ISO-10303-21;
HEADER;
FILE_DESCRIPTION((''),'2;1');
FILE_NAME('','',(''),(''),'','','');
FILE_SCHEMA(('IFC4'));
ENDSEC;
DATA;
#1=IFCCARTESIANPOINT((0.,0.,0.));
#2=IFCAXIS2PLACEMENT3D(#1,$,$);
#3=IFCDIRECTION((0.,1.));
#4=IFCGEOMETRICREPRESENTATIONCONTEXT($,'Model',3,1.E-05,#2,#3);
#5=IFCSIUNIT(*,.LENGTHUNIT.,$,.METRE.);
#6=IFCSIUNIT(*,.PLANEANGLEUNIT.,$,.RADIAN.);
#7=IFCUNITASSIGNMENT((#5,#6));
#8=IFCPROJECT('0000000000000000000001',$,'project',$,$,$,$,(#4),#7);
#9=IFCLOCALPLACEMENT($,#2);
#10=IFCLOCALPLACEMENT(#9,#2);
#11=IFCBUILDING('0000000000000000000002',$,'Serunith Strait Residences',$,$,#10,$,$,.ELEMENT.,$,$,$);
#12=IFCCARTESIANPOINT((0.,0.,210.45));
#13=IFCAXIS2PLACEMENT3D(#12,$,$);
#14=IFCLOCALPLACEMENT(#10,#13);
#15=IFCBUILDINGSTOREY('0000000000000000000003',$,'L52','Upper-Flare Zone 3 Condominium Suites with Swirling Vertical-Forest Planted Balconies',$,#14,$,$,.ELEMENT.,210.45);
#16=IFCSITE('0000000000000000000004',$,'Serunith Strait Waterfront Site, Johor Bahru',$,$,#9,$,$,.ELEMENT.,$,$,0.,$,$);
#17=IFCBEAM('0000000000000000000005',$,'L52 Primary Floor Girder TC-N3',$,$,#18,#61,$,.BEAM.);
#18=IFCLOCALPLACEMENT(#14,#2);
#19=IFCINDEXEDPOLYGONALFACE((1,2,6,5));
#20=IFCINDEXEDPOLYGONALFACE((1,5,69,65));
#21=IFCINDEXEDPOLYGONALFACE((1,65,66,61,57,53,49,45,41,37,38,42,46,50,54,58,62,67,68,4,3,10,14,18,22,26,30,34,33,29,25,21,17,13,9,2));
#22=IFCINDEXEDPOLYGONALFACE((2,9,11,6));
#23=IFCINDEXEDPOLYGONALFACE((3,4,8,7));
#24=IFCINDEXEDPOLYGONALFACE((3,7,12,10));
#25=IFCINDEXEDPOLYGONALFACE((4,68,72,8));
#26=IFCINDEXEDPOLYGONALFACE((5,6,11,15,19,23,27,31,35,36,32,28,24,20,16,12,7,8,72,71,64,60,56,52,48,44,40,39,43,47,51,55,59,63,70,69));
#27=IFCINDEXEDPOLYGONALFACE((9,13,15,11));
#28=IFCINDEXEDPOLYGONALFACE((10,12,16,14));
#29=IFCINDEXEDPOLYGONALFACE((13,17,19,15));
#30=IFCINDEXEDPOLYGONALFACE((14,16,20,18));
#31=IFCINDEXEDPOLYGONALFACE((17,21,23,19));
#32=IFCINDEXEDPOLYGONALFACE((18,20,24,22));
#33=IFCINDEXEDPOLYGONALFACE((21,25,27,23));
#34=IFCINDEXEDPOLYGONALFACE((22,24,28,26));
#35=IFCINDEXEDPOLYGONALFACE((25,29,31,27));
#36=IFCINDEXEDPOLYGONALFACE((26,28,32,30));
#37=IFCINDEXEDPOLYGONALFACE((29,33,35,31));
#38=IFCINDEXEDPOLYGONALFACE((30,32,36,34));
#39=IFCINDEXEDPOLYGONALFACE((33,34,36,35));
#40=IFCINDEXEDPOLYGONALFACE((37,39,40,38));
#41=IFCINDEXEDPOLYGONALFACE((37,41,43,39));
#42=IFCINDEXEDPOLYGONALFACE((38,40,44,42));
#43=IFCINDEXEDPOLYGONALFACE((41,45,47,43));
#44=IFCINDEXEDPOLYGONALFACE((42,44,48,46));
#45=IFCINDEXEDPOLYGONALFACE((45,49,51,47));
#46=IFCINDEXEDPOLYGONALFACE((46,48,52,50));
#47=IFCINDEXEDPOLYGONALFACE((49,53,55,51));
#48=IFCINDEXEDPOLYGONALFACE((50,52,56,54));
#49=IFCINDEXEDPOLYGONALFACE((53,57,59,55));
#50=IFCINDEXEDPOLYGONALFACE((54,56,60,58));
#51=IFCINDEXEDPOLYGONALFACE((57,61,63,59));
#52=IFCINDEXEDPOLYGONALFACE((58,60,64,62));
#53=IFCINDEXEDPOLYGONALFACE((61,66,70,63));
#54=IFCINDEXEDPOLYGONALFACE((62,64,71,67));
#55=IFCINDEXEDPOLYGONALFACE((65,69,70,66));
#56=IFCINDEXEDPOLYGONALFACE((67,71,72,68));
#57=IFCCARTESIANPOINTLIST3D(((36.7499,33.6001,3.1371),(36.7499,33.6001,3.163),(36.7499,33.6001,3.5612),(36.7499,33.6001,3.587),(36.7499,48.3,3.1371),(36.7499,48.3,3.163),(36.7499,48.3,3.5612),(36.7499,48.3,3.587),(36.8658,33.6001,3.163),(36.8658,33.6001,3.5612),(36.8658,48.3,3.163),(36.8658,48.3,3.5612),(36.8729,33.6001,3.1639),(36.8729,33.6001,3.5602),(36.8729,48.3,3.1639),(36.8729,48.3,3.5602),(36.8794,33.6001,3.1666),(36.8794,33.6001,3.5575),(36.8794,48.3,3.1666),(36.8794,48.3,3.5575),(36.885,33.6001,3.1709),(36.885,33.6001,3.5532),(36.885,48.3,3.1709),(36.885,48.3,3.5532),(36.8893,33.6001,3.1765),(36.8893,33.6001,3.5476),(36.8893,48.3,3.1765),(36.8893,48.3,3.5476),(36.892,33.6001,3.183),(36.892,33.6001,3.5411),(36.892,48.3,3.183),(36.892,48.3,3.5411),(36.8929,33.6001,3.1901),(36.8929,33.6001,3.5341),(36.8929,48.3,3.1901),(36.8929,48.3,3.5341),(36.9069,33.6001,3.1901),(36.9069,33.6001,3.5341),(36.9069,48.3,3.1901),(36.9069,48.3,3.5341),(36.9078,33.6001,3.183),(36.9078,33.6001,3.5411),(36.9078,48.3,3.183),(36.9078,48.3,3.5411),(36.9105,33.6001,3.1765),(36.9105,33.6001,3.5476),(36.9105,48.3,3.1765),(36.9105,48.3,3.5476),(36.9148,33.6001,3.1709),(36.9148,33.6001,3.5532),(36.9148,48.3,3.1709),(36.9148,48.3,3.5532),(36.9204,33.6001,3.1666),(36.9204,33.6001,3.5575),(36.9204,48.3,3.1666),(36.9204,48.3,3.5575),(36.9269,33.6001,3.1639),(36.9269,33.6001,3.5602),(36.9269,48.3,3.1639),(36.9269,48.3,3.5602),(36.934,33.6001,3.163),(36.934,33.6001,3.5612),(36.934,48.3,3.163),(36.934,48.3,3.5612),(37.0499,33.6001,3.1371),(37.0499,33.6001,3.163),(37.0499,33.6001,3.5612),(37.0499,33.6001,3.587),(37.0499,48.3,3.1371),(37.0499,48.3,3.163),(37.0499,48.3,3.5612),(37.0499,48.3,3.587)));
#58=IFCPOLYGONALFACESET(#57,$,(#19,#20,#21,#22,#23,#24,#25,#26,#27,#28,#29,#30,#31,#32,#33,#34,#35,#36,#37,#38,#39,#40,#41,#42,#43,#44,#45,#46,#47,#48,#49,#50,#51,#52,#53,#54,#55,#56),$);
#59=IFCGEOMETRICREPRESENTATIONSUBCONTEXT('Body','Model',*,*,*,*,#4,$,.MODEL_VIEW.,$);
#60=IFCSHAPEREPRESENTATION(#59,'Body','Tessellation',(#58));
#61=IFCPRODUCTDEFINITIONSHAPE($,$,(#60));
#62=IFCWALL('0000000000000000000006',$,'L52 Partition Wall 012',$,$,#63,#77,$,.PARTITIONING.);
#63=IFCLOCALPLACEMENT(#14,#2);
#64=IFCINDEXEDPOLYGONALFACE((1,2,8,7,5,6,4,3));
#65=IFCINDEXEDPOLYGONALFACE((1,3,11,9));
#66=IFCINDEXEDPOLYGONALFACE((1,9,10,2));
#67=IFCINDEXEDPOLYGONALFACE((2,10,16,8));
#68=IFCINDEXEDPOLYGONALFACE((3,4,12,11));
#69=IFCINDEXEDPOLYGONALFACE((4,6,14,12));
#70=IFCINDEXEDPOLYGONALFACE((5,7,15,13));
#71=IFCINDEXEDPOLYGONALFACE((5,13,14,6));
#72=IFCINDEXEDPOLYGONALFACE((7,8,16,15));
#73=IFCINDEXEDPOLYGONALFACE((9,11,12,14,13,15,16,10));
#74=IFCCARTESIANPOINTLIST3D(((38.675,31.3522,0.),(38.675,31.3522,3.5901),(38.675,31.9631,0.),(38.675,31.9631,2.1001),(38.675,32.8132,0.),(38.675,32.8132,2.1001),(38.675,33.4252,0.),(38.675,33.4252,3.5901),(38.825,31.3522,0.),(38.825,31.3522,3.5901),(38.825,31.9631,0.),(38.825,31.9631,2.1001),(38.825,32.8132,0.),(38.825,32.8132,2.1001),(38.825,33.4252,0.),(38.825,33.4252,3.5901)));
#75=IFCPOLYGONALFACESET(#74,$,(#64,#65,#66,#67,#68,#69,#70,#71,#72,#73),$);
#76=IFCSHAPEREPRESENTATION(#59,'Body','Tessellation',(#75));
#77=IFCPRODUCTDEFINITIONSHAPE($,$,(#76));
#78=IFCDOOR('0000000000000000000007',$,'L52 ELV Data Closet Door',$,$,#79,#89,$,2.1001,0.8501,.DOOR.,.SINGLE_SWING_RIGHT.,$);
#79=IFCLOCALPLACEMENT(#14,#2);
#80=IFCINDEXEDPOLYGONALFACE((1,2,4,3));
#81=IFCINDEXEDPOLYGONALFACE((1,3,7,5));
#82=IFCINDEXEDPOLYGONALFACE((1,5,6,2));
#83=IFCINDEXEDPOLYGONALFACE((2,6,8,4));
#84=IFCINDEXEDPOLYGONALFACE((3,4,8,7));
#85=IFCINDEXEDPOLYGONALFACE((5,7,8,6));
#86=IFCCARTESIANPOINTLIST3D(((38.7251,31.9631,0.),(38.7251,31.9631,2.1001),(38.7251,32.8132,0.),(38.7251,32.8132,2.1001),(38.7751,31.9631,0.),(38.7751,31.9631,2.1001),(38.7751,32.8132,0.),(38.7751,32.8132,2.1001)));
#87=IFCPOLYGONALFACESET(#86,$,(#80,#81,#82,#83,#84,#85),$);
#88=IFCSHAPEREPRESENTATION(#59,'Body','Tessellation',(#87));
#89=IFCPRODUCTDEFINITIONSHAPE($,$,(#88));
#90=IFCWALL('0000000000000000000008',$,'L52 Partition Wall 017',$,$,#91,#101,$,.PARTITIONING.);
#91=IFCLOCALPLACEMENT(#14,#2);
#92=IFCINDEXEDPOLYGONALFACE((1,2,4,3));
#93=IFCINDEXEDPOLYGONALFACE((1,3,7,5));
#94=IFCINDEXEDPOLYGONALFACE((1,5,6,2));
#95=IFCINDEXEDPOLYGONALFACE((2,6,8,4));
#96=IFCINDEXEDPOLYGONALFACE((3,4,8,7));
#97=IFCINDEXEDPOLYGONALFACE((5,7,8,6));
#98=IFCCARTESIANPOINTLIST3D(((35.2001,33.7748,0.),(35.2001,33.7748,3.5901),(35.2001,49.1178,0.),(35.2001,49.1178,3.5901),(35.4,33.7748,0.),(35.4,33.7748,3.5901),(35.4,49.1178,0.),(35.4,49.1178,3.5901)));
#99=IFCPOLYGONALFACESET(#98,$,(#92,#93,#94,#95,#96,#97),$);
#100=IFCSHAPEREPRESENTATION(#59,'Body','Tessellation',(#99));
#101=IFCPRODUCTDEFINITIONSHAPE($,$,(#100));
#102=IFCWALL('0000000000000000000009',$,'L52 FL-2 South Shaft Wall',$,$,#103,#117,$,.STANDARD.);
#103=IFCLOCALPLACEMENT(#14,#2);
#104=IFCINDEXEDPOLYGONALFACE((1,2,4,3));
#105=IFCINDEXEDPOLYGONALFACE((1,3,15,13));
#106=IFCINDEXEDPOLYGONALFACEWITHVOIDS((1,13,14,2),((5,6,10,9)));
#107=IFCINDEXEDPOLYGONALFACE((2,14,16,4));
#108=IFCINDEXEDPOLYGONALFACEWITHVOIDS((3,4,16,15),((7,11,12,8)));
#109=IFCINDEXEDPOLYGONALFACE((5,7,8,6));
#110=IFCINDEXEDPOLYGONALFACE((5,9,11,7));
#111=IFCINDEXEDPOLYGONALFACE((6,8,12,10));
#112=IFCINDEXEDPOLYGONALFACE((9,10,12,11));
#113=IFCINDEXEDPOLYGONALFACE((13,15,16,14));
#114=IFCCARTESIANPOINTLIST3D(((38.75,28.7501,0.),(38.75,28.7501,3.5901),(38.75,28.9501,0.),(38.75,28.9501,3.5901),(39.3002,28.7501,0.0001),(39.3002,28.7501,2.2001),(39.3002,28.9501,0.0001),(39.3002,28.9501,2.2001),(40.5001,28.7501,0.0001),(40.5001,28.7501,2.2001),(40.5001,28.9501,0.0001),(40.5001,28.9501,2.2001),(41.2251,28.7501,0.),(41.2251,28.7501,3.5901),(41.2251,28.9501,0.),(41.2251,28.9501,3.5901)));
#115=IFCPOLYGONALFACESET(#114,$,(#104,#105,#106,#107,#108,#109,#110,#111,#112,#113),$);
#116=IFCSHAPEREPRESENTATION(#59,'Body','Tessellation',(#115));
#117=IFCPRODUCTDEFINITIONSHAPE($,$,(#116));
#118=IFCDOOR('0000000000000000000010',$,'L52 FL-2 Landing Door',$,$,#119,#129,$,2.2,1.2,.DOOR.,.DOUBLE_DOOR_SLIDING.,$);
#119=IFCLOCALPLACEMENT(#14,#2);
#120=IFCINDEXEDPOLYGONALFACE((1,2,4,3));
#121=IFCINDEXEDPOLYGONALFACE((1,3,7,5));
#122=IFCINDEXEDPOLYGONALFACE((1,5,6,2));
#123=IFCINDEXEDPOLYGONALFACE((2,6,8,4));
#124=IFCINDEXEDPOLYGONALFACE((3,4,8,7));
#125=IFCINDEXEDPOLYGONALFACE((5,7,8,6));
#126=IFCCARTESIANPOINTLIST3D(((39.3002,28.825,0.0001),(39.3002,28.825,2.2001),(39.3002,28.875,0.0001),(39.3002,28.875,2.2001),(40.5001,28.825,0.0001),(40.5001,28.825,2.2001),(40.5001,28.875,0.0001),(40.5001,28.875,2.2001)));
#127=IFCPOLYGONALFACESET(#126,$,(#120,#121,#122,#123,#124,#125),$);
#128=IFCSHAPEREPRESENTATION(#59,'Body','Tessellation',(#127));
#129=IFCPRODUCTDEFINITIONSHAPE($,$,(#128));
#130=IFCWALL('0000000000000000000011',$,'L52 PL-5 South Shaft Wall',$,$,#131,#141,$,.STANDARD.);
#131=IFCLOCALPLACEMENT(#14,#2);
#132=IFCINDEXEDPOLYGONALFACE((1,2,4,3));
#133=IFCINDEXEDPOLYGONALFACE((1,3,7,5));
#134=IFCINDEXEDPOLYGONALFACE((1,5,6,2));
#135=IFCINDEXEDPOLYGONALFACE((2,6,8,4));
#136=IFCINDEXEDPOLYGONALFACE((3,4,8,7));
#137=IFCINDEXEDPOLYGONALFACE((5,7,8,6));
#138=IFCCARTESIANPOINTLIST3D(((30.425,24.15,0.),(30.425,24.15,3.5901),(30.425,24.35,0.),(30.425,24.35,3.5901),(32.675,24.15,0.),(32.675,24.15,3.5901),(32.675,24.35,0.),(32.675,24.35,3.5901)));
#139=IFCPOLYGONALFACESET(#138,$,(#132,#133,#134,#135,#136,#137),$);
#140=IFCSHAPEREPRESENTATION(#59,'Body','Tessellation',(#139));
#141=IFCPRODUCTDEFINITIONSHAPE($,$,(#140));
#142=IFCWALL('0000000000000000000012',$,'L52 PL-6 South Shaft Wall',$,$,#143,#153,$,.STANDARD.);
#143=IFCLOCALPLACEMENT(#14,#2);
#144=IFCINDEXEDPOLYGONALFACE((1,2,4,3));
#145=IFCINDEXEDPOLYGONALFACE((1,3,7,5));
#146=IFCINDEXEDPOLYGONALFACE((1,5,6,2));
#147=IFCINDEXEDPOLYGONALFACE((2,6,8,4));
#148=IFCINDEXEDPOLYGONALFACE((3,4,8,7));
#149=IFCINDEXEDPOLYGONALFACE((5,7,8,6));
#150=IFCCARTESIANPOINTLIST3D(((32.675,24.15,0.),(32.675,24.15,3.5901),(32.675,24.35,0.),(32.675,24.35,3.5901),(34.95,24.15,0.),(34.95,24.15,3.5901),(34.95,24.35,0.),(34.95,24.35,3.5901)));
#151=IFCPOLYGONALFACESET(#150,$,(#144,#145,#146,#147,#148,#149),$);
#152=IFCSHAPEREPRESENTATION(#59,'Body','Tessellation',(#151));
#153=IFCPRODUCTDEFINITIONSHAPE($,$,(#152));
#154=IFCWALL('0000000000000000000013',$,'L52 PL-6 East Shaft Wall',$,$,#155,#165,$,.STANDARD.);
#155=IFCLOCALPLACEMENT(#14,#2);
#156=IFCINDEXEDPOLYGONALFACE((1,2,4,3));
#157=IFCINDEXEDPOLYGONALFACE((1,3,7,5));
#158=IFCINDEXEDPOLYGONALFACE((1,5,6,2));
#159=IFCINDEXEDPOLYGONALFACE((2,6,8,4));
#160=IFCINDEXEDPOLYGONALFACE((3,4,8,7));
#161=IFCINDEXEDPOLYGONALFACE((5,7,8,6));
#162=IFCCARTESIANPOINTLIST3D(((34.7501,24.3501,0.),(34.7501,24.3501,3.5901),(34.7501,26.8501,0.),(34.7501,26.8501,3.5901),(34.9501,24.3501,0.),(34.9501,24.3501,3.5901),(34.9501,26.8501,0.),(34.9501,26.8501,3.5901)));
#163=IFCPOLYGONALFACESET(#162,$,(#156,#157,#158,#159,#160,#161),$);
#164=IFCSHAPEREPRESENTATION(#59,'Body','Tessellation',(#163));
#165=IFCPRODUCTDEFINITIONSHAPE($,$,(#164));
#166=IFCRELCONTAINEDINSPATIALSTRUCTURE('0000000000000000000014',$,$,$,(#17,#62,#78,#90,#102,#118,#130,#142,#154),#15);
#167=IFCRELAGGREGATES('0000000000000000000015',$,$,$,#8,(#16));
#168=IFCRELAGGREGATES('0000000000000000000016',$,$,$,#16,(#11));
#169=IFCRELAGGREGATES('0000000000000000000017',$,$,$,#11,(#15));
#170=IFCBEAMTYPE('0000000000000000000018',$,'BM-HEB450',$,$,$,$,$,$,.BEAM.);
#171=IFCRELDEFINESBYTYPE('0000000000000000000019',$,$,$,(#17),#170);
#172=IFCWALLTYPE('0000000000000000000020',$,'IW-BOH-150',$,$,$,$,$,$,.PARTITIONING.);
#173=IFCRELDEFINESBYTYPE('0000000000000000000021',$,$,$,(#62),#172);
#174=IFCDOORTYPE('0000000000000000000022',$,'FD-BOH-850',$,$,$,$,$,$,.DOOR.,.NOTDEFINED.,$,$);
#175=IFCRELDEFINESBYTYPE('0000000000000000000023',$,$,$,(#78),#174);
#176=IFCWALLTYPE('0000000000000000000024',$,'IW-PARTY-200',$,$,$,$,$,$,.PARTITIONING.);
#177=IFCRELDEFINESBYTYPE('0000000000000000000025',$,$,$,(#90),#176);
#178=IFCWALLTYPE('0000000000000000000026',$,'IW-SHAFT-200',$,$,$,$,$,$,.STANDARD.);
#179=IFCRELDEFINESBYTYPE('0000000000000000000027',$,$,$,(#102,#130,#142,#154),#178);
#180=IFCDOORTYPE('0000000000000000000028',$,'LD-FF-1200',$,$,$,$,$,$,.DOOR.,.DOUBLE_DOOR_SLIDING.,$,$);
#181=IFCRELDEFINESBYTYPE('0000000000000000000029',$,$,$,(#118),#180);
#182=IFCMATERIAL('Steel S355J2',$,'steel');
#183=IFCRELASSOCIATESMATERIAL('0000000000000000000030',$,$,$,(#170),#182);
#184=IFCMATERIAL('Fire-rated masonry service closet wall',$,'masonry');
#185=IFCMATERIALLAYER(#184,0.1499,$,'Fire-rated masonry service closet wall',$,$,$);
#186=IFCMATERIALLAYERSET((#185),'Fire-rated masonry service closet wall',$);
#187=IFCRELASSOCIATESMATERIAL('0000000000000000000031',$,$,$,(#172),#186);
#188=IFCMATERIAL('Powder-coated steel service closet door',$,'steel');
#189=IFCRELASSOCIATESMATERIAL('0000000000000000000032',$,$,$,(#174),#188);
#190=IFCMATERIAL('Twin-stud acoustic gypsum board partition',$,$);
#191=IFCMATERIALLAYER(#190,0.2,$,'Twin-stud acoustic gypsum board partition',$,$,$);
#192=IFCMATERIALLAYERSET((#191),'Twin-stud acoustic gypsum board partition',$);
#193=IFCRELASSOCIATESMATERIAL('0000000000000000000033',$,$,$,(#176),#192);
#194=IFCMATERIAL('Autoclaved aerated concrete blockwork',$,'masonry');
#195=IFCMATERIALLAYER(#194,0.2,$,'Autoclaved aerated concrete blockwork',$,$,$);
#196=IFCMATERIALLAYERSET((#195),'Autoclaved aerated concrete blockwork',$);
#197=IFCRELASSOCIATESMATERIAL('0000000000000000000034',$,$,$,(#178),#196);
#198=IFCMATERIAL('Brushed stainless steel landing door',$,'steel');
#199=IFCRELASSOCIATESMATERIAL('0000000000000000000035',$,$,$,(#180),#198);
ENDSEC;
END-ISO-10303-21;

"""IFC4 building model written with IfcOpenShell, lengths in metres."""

from ifc_helpers import new_model, si_unit, direction, frame, frame_2d, origin, origin_2d, place, context, subcontext, project, spatial, rectangle, i_section, extrude, source, transform, mapped, material, layer, layer_set, material_profile, profile_set, type_object, element, fill, save


model = new_model("IFC4")

# Units and contexts
model_context = context("Model", 3, precision=1e-05, world=origin(), true_north=direction((0.0, 1.0)))
body_context = subcontext(model_context, "Body", "Model", "MODEL_VIEW")
ifc_project = project(units=[si_unit("LENGTHUNIT", "METRE"), si_unit("PLANEANGLEUNIT", "RADIAN")], contexts=[model_context])

# Site, building, storey
site_placement = place(None, origin())
site = spatial("IfcSite", under=ifc_project, at=site_placement, Name="Serunith Strait Waterfront Site, Johor Bahru", CompositionType="ELEMENT", RefElevation=0.0)
building_placement = place(site_placement, origin())
building = spatial("IfcBuilding", under=site, at=building_placement, Name="Serunith Strait Residences", CompositionType="ELEMENT")
storey_placement = place(building_placement, frame((0.0, 0.0, 210.45)))
storey = spatial("IfcBuildingStorey", under=building, at=storey_placement, Name="L52", Description="Upper-Flare Zone 3 Condominium Suites with Swirling Vertical-Forest Planted Balconies", CompositionType="ELEMENT", Elevation=210.45)

# Beam
ifc_material_1 = material(Name="Steel S355J2", Category="steel")
ifc_material_profile = material_profile(ifc_material_1, i_section(OverallWidth=0.3, OverallDepth=0.45, WebThickness=0.0139, FlangeThickness=0.0259, FilletRadius=0.0271, at=origin_2d()), Name="HEB 450")
ifc_profile_set = profile_set([ifc_material_profile], Name="Steel S355J2")
beam_type = type_object("IfcBeamType", Name="BM-HEB450", PredefinedType="BEAM", material=ifc_profile_set)
shared_shape_1 = source(origin(), body_context, "Body", "SweptSolid", [
    extrude(i_section(OverallWidth=0.3, OverallDepth=0.45, WebThickness=0.0139, FlangeThickness=0.0259, FilletRadius=0.0271, at=origin_2d()), origin(), (0.0, 0.0, 1.0), 14.7),
])
beam_placement = place(storey_placement, frame((36.8999, 33.6001, 3.3621), z_axis=(0.0, 1.0, 0.0), x_axis=(-1.0, 0.0, 0.0)))
element("IfcBeam", 1, at=beam_placement, inside=storey, type_object=beam_type, Name="L52 Primary Floor Girder TC-N3", PredefinedType="BEAM", context=body_context, shape_type="MappedRepresentation", body=[
    mapped(shared_shape_1, transform((0.0, 0.0, 0.0), scale=1.0)),
])

# Wall, opening, door
ifc_material_2 = material(Name="Fire-rated masonry service closet wall", Category="masonry")
ifc_layer_1 = layer(ifc_material_2, 0.1499, Name="Fire-rated masonry service closet wall")
ifc_layer_set_1 = layer_set([ifc_layer_1], Name="Fire-rated masonry service closet wall")
wall_type_1 = type_object("IfcWallType", Name="IW-BOH-150", PredefinedType="PARTITIONING", material=ifc_layer_set_1)
wall_1_placement = place(storey_placement, frame((38.75, 31.3521, 0.0), z_axis=(0.0, 0.0, 1.0), x_axis=(0.0, 1.0, 0.0)))
wall_1 = element("IfcWall", 2, at=wall_1_placement, inside=storey, type_object=wall_type_1, Name="L52 Partition Wall 012", PredefinedType="PARTITIONING", context=body_context, shape_type="SweptSolid", body=[
    extrude(rectangle(XDim=2.073, YDim=0.1499, at=frame_2d((1.0366, 0.0))), origin(), (0.0, 0.0, 1.0), 3.5901),
])
opening_1_placement = place(wall_1_placement, frame((0.6111, 0.0, 0.0)))
opening_1 = element("IfcOpeningElement", 3, at=opening_1_placement, cuts=wall_1, PredefinedType="OPENING", context=body_context, shape_type="SweptSolid", body=[
    extrude(rectangle(XDim=0.8501, YDim=2.1001, at=frame_2d((0.425, 1.05))), frame((0.0, 0.085, 0.0), z_axis=(0.0, -1.0, 0.0), x_axis=(1.0, 0.0, 0.0)), (0.0, 0.0, 1.0), 0.1699),
])
ifc_material_3 = material(Name="Powder-coated steel service closet door", Category="steel")
door_type_1 = type_object("IfcDoorType", Name="FD-BOH-850", OperationType="NOTDEFINED", PredefinedType="DOOR", material=ifc_material_3)
shared_shape_2 = source(origin(), body_context, "Body", "SweptSolid", [
    extrude(rectangle(XDim=0.8501, YDim=2.1001, at=frame_2d((0.425, 1.05))), frame((0.0, 0.0249, 0.0), z_axis=(0.0, -1.0, 0.0), x_axis=(1.0, 0.0, 0.0)), (0.0, 0.0, 1.0), 0.05),
])
door_1_placement = place(opening_1_placement, origin())
door_1 = element("IfcDoor", 4, at=door_1_placement, inside=storey, type_object=door_type_1, Name="L52 ELV Data Closet Door", OperationType="SINGLE_SWING_RIGHT", OverallHeight=2.1001, OverallWidth=0.8501, PredefinedType="DOOR", context=body_context, shape_type="MappedRepresentation", body=[
    mapped(shared_shape_2, transform((0.0, 0.0, 0.0), scale=1.0)),
])
fill(opening_1, door_1)

# Wall
ifc_material_4 = material(Name="Twin-stud acoustic gypsum board partition")
ifc_layer_2 = layer(ifc_material_4, 0.2, Name="Twin-stud acoustic gypsum board partition")
ifc_layer_set_2 = layer_set([ifc_layer_2], Name="Twin-stud acoustic gypsum board partition")
wall_type_2 = type_object("IfcWallType", Name="IW-PARTY-200", PredefinedType="PARTITIONING", material=ifc_layer_set_2)
wall_2_placement = place(storey_placement, frame((35.3, 33.7749, 0.0), z_axis=(0.0, 0.0, 1.0), x_axis=(0.0, 1.0, 0.0)))
element("IfcWall", 5, at=wall_2_placement, inside=storey, type_object=wall_type_2, Name="L52 Partition Wall 017", PredefinedType="PARTITIONING", context=body_context, shape_type="SweptSolid", body=[
    extrude(rectangle(XDim=15.343, YDim=0.2, at=frame_2d((7.6714, 0.0))), origin(), (0.0, 0.0, 1.0), 3.5901),
])

# Wall, opening, door
ifc_material_5 = material(Name="Autoclaved aerated concrete blockwork", Category="masonry")
ifc_layer_3 = layer(ifc_material_5, 0.2, Name="Autoclaved aerated concrete blockwork")
ifc_layer_set_3 = layer_set([ifc_layer_3], Name="Autoclaved aerated concrete blockwork")
wall_type_3 = type_object("IfcWallType", Name="IW-SHAFT-200", PredefinedType="STANDARD", material=ifc_layer_set_3)
wall_3_placement = place(storey_placement, frame((38.75, 28.8501, 0.0), z_axis=(0.0, 0.0, 1.0), x_axis=(1.0, 0.0, 0.0)))
wall_3 = element("IfcWall", 6, at=wall_3_placement, inside=storey, type_object=wall_type_3, Name="L52 FL-2 South Shaft Wall", PredefinedType="STANDARD", context=body_context, shape_type="SweptSolid", body=[
    extrude(rectangle(XDim=2.4751, YDim=0.2, at=frame_2d((1.2375, 0.0))), origin(), (0.0, 0.0, 1.0), 3.5901),
])
opening_2_placement = place(wall_3_placement, frame((0.55, 0.0, 0.0)))
opening_2 = element("IfcOpeningElement", 7, at=opening_2_placement, cuts=wall_3, PredefinedType="OPENING", context=body_context, shape_type="SweptSolid", body=[
    extrude(rectangle(XDim=1.2, YDim=2.2, at=frame_2d((0.6001, 1.1001))), frame((0.0, 0.1099, 0.0), z_axis=(0.0, -1.0, 0.0), x_axis=(1.0, 0.0, 0.0)), (0.0, 0.0, 1.0), 0.22),
])
ifc_material_6 = material(Name="Brushed stainless steel landing door", Category="steel")
door_type_2 = type_object("IfcDoorType", Name="LD-FF-1200", OperationType="DOUBLE_DOOR_SLIDING", PredefinedType="DOOR", material=ifc_material_6)
shared_shape_3 = source(origin(), body_context, "Body", "SweptSolid", [
    extrude(rectangle(XDim=1.2, YDim=2.2, at=frame_2d((0.6001, 1.1001))), frame((0.0, 0.0249, 0.0), z_axis=(0.0, -1.0, 0.0), x_axis=(1.0, 0.0, 0.0)), (0.0, 0.0, 1.0), 0.05),
])
door_2_placement = place(opening_2_placement, origin())
door_2 = element("IfcDoor", 8, at=door_2_placement, inside=storey, type_object=door_type_2, Name="L52 FL-2 Landing Door", OperationType="DOUBLE_DOOR_SLIDING", OverallHeight=2.2, OverallWidth=1.2, PredefinedType="DOOR", context=body_context, shape_type="MappedRepresentation", body=[
    mapped(shared_shape_3, transform((0.0, 0.0, 0.0), scale=1.0)),
])
fill(opening_2, door_2)

# Walls
wall_4_placement = place(storey_placement, frame((30.425, 24.25, 0.0), z_axis=(0.0, 0.0, 1.0), x_axis=(1.0, 0.0, 0.0)))
element("IfcWall", 9, at=wall_4_placement, inside=storey, type_object=wall_type_3, Name="L52 PL-5 South Shaft Wall", PredefinedType="STANDARD", context=body_context, shape_type="SweptSolid", body=[
    extrude(rectangle(XDim=2.25, YDim=0.2, at=frame_2d((1.125, 0.0))), origin(), (0.0, 0.0, 1.0), 3.5901),
])
wall_5_placement = place(storey_placement, frame((32.675, 24.25, 0.0), z_axis=(0.0, 0.0, 1.0), x_axis=(1.0, 0.0, 0.0)))
element("IfcWall", 10, at=wall_5_placement, inside=storey, type_object=wall_type_3, Name="L52 PL-6 South Shaft Wall", PredefinedType="STANDARD", context=body_context, shape_type="SweptSolid", body=[
    extrude(rectangle(XDim=2.2749, YDim=0.2, at=frame_2d((1.1375, 0.0))), origin(), (0.0, 0.0, 1.0), 3.5901),
])
wall_6_placement = place(storey_placement, frame((34.8501, 24.3501, 0.0), z_axis=(0.0, 0.0, 1.0), x_axis=(0.0, 1.0, 0.0)))
element("IfcWall", 11, at=wall_6_placement, inside=storey, type_object=wall_type_3, Name="L52 PL-6 East Shaft Wall", PredefinedType="STANDARD", context=body_context, shape_type="SweptSolid", body=[
    extrude(rectangle(XDim=2.5, YDim=0.2, at=frame_2d((1.25, 0.0))), origin(), (0.0, 0.0, 1.0), 3.5901),
])

save(model, "model.ifc")
